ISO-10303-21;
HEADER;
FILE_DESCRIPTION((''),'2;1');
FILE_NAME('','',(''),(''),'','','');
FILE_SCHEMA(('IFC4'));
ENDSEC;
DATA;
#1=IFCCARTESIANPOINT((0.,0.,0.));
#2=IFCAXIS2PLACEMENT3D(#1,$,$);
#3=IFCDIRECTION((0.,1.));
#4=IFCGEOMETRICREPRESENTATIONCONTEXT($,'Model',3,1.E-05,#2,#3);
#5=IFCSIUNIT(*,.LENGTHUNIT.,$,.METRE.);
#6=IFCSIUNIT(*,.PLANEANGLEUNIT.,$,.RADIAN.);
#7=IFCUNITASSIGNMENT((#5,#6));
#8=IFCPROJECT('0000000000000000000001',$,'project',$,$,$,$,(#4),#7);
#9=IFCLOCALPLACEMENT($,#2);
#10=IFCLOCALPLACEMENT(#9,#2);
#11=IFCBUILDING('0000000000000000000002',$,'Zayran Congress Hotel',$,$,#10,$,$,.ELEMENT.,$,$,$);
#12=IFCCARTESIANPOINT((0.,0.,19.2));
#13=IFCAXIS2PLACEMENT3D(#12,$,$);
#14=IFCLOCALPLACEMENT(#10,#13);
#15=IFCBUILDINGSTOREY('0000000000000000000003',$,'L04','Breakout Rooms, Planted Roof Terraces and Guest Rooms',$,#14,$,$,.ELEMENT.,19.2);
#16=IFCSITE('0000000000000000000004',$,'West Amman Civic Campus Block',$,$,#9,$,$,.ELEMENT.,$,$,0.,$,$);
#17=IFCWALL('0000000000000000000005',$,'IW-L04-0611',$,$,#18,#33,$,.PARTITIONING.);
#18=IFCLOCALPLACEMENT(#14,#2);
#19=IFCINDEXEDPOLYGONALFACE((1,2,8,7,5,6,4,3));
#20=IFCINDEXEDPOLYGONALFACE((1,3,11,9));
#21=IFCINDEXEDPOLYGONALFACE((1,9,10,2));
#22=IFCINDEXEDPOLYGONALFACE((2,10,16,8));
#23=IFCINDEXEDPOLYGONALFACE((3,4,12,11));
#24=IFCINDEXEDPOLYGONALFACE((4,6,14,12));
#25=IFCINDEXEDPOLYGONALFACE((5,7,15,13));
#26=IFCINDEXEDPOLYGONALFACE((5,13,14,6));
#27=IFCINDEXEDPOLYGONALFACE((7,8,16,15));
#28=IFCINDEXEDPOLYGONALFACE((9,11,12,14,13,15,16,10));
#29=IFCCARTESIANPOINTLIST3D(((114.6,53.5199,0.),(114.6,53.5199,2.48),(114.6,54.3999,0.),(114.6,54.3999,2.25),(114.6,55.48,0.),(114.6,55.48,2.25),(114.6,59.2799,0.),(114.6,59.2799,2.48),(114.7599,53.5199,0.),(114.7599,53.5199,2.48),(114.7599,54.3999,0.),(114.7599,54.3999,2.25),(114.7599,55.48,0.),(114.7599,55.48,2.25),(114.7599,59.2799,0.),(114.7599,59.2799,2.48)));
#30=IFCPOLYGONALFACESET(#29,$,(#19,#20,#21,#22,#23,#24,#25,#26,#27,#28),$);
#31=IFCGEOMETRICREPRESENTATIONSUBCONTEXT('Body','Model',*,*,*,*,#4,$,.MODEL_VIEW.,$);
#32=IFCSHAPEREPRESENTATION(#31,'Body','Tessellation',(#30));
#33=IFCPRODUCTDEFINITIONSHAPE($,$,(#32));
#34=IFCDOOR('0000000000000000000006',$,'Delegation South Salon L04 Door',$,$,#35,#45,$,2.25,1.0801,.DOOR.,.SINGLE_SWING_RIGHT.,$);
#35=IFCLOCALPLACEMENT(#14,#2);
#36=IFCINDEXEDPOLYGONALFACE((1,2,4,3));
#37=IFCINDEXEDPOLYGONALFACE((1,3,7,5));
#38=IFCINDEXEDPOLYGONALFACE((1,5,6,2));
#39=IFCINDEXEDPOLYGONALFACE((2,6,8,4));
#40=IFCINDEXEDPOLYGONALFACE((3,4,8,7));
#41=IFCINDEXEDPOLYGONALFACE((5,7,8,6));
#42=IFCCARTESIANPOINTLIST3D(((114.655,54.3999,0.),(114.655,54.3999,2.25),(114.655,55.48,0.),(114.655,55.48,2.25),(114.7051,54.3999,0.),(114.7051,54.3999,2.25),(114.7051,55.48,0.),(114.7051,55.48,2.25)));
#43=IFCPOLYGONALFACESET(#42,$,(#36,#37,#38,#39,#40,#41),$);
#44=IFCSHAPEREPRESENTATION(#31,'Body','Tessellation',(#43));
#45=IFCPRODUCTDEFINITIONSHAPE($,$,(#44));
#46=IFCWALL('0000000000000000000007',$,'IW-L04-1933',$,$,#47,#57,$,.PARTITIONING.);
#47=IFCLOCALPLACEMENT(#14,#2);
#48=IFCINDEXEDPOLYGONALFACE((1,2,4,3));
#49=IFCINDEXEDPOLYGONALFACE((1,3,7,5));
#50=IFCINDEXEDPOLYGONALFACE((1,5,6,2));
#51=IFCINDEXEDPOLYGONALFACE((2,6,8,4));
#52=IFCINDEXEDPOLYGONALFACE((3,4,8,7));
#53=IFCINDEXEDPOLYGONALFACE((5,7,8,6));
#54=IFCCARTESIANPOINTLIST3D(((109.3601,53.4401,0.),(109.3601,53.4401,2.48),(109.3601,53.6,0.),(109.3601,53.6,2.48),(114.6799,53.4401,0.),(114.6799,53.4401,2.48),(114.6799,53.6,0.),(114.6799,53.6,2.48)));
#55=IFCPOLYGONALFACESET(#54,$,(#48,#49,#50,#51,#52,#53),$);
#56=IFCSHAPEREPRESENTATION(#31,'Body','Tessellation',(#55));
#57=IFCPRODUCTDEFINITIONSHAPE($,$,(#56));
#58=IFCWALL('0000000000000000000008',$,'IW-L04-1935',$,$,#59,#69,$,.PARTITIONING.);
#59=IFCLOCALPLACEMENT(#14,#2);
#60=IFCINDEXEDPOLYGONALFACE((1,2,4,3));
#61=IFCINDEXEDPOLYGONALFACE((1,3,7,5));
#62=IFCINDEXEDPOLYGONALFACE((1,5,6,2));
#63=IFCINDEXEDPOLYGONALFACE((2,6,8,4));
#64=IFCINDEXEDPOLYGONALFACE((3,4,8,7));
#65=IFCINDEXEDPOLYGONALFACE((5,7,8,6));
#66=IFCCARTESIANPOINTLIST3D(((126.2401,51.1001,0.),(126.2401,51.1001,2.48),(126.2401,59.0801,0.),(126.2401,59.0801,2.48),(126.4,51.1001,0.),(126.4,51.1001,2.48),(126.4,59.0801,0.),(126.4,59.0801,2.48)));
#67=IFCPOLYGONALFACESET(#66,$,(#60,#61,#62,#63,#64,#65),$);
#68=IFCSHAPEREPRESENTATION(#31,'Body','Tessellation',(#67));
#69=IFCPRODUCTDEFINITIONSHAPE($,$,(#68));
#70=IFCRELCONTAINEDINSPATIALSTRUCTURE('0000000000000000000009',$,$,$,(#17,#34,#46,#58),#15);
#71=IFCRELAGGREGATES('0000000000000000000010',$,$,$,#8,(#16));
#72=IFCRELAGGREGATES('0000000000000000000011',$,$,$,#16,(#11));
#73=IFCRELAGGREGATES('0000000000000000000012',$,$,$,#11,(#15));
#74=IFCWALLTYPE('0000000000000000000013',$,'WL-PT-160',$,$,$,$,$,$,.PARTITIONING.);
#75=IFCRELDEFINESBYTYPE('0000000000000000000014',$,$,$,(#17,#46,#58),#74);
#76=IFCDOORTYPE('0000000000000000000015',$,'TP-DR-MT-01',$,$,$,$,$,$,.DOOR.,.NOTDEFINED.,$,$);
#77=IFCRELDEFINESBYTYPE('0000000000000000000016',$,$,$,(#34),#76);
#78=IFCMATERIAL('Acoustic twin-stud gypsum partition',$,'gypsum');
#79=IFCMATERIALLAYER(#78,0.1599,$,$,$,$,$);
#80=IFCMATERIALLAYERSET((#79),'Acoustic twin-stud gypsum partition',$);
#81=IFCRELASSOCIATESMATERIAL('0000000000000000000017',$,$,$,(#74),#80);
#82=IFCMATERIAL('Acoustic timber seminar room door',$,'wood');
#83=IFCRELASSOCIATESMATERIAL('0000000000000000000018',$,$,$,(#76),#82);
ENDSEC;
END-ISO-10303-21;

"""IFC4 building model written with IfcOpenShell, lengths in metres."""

from ifc_helpers import new_model, si_unit, direction, frame, frame_2d, origin, place, context, subcontext, project, spatial, rectangle, extrude, material, layer, layer_set, type_object, element, fill, save


model = new_model("IFC4")

# Units and contexts
model_context = context("Model", 3, precision=1e-05, world=origin(), true_north=direction((0.0, 1.0)))
body_context = subcontext(model_context, "Body", "Model", "MODEL_VIEW")
ifc_project = project(units=[si_unit("LENGTHUNIT", "METRE"), si_unit("PLANEANGLEUNIT", "RADIAN")], contexts=[model_context])

# Site, building, storey
site_placement = place(None, origin())
site = spatial("IfcSite", under=ifc_project, at=site_placement, Name="West Amman Civic Campus Block", CompositionType="ELEMENT", RefElevation=0.0)
building_placement = place(site_placement, origin())
building = spatial("IfcBuilding", under=site, at=building_placement, Name="Zayran Congress Hotel", CompositionType="ELEMENT")
storey_placement = place(building_placement, frame((0.0, 0.0, 19.2)))
storey = spatial("IfcBuildingStorey", under=building, at=storey_placement, Name="L04", Description="Breakout Rooms, Planted Roof Terraces and Guest Rooms", CompositionType="ELEMENT", Elevation=19.2)

# Wall, opening, door
ifc_material_1 = material(Name="Acoustic twin-stud gypsum partition", Category="gypsum")
ifc_layer_1 = layer(ifc_material_1, 0.1599)
ifc_layer_set_1 = layer_set([ifc_layer_1], Name="Acoustic twin-stud gypsum partition")
wall_type_1 = type_object("IfcWallType", Name="WL-PT-160", PredefinedType="PARTITIONING", material=ifc_layer_set_1)
wall_1_placement = place(storey_placement, frame((114.6799, 53.52, 0.0), z_axis=(0.0, 0.0, 1.0), x_axis=(0.0, 1.0, 0.0)))
wall_1 = element("IfcWall", 1, at=wall_1_placement, inside=storey, type_object=wall_type_1, Name="IW-L04-0611", PredefinedType="PARTITIONING", context=body_context, shape_type="SweptSolid", body=[
    extrude(rectangle(XDim=5.76, YDim=0.1599, at=frame_2d((2.8799, 0.0))), origin(), (0.0, 0.0, 1.0), 2.48),
])
opening_1_placement = place(wall_1_placement, frame((0.8799, 0.0, 0.0)))
opening_1 = element("IfcOpeningElement", 2, at=opening_1_placement, cuts=wall_1, PredefinedType="OPENING", context=body_context, shape_type="SweptSolid", body=[
    extrude(rectangle(XDim=1.0801, YDim=2.25, at=frame_2d((0.54, 1.125))), frame((0.0, 0.0898, 0.0), z_axis=(0.0, -1.0, 0.0), x_axis=(1.0, 0.0, 0.0)), (0.0, 0.0, 1.0), 0.1799),
])
ifc_material_2 = material(Name="Acoustic timber seminar room door", Category="wood")
door_type_1 = type_object("IfcDoorType", Name="TP-DR-MT-01", OperationType="NOTDEFINED", PredefinedType="DOOR", material=ifc_material_2)
door_1_placement = place(opening_1_placement, origin())
door_1 = element("IfcDoor", 3, at=door_1_placement, inside=storey, type_object=door_type_1, Name="Delegation South Salon L04 Door", OperationType="SINGLE_SWING_RIGHT", OverallHeight=2.25, OverallWidth=1.0801, PredefinedType="DOOR", context=body_context, shape_type="SweptSolid", body=[
    extrude(rectangle(XDim=1.0801, YDim=2.25, at=frame_2d((0.54, 1.125))), frame((0.0, 0.0249, 0.0), z_axis=(0.0, -1.0, 0.0), x_axis=(1.0, 0.0, 0.0)), (0.0, 0.0, 1.0), 0.05),
])
fill(opening_1, door_1)

# Walls
wall_2_placement = place(storey_placement, frame((109.3601, 53.52, 0.0), z_axis=(0.0, 0.0, 1.0), x_axis=(1.0, 0.0, 0.0)))
element("IfcWall", 4, at=wall_2_placement, inside=storey, type_object=wall_type_1, Name="IW-L04-1933", PredefinedType="PARTITIONING", context=body_context, shape_type="SweptSolid", body=[
    extrude(rectangle(XDim=5.3198, YDim=0.1599, at=frame_2d((2.6599, 0.0))), origin(), (0.0, 0.0, 1.0), 2.48),
])
wall_3_placement = place(storey_placement, frame((126.3201, 51.1001, 0.0), z_axis=(0.0, 0.0, 1.0), x_axis=(0.0, 1.0, 0.0)))
element("IfcWall", 5, at=wall_3_placement, inside=storey, type_object=wall_type_1, Name="IW-L04-1935", PredefinedType="PARTITIONING", context=body_context, shape_type="SweptSolid", body=[
    extrude(rectangle(XDim=7.98, YDim=0.1599, at=frame_2d((3.99, 0.0))), origin(), (0.0, 0.0, 1.0), 2.48),
])

save(model, "model.ifc")
